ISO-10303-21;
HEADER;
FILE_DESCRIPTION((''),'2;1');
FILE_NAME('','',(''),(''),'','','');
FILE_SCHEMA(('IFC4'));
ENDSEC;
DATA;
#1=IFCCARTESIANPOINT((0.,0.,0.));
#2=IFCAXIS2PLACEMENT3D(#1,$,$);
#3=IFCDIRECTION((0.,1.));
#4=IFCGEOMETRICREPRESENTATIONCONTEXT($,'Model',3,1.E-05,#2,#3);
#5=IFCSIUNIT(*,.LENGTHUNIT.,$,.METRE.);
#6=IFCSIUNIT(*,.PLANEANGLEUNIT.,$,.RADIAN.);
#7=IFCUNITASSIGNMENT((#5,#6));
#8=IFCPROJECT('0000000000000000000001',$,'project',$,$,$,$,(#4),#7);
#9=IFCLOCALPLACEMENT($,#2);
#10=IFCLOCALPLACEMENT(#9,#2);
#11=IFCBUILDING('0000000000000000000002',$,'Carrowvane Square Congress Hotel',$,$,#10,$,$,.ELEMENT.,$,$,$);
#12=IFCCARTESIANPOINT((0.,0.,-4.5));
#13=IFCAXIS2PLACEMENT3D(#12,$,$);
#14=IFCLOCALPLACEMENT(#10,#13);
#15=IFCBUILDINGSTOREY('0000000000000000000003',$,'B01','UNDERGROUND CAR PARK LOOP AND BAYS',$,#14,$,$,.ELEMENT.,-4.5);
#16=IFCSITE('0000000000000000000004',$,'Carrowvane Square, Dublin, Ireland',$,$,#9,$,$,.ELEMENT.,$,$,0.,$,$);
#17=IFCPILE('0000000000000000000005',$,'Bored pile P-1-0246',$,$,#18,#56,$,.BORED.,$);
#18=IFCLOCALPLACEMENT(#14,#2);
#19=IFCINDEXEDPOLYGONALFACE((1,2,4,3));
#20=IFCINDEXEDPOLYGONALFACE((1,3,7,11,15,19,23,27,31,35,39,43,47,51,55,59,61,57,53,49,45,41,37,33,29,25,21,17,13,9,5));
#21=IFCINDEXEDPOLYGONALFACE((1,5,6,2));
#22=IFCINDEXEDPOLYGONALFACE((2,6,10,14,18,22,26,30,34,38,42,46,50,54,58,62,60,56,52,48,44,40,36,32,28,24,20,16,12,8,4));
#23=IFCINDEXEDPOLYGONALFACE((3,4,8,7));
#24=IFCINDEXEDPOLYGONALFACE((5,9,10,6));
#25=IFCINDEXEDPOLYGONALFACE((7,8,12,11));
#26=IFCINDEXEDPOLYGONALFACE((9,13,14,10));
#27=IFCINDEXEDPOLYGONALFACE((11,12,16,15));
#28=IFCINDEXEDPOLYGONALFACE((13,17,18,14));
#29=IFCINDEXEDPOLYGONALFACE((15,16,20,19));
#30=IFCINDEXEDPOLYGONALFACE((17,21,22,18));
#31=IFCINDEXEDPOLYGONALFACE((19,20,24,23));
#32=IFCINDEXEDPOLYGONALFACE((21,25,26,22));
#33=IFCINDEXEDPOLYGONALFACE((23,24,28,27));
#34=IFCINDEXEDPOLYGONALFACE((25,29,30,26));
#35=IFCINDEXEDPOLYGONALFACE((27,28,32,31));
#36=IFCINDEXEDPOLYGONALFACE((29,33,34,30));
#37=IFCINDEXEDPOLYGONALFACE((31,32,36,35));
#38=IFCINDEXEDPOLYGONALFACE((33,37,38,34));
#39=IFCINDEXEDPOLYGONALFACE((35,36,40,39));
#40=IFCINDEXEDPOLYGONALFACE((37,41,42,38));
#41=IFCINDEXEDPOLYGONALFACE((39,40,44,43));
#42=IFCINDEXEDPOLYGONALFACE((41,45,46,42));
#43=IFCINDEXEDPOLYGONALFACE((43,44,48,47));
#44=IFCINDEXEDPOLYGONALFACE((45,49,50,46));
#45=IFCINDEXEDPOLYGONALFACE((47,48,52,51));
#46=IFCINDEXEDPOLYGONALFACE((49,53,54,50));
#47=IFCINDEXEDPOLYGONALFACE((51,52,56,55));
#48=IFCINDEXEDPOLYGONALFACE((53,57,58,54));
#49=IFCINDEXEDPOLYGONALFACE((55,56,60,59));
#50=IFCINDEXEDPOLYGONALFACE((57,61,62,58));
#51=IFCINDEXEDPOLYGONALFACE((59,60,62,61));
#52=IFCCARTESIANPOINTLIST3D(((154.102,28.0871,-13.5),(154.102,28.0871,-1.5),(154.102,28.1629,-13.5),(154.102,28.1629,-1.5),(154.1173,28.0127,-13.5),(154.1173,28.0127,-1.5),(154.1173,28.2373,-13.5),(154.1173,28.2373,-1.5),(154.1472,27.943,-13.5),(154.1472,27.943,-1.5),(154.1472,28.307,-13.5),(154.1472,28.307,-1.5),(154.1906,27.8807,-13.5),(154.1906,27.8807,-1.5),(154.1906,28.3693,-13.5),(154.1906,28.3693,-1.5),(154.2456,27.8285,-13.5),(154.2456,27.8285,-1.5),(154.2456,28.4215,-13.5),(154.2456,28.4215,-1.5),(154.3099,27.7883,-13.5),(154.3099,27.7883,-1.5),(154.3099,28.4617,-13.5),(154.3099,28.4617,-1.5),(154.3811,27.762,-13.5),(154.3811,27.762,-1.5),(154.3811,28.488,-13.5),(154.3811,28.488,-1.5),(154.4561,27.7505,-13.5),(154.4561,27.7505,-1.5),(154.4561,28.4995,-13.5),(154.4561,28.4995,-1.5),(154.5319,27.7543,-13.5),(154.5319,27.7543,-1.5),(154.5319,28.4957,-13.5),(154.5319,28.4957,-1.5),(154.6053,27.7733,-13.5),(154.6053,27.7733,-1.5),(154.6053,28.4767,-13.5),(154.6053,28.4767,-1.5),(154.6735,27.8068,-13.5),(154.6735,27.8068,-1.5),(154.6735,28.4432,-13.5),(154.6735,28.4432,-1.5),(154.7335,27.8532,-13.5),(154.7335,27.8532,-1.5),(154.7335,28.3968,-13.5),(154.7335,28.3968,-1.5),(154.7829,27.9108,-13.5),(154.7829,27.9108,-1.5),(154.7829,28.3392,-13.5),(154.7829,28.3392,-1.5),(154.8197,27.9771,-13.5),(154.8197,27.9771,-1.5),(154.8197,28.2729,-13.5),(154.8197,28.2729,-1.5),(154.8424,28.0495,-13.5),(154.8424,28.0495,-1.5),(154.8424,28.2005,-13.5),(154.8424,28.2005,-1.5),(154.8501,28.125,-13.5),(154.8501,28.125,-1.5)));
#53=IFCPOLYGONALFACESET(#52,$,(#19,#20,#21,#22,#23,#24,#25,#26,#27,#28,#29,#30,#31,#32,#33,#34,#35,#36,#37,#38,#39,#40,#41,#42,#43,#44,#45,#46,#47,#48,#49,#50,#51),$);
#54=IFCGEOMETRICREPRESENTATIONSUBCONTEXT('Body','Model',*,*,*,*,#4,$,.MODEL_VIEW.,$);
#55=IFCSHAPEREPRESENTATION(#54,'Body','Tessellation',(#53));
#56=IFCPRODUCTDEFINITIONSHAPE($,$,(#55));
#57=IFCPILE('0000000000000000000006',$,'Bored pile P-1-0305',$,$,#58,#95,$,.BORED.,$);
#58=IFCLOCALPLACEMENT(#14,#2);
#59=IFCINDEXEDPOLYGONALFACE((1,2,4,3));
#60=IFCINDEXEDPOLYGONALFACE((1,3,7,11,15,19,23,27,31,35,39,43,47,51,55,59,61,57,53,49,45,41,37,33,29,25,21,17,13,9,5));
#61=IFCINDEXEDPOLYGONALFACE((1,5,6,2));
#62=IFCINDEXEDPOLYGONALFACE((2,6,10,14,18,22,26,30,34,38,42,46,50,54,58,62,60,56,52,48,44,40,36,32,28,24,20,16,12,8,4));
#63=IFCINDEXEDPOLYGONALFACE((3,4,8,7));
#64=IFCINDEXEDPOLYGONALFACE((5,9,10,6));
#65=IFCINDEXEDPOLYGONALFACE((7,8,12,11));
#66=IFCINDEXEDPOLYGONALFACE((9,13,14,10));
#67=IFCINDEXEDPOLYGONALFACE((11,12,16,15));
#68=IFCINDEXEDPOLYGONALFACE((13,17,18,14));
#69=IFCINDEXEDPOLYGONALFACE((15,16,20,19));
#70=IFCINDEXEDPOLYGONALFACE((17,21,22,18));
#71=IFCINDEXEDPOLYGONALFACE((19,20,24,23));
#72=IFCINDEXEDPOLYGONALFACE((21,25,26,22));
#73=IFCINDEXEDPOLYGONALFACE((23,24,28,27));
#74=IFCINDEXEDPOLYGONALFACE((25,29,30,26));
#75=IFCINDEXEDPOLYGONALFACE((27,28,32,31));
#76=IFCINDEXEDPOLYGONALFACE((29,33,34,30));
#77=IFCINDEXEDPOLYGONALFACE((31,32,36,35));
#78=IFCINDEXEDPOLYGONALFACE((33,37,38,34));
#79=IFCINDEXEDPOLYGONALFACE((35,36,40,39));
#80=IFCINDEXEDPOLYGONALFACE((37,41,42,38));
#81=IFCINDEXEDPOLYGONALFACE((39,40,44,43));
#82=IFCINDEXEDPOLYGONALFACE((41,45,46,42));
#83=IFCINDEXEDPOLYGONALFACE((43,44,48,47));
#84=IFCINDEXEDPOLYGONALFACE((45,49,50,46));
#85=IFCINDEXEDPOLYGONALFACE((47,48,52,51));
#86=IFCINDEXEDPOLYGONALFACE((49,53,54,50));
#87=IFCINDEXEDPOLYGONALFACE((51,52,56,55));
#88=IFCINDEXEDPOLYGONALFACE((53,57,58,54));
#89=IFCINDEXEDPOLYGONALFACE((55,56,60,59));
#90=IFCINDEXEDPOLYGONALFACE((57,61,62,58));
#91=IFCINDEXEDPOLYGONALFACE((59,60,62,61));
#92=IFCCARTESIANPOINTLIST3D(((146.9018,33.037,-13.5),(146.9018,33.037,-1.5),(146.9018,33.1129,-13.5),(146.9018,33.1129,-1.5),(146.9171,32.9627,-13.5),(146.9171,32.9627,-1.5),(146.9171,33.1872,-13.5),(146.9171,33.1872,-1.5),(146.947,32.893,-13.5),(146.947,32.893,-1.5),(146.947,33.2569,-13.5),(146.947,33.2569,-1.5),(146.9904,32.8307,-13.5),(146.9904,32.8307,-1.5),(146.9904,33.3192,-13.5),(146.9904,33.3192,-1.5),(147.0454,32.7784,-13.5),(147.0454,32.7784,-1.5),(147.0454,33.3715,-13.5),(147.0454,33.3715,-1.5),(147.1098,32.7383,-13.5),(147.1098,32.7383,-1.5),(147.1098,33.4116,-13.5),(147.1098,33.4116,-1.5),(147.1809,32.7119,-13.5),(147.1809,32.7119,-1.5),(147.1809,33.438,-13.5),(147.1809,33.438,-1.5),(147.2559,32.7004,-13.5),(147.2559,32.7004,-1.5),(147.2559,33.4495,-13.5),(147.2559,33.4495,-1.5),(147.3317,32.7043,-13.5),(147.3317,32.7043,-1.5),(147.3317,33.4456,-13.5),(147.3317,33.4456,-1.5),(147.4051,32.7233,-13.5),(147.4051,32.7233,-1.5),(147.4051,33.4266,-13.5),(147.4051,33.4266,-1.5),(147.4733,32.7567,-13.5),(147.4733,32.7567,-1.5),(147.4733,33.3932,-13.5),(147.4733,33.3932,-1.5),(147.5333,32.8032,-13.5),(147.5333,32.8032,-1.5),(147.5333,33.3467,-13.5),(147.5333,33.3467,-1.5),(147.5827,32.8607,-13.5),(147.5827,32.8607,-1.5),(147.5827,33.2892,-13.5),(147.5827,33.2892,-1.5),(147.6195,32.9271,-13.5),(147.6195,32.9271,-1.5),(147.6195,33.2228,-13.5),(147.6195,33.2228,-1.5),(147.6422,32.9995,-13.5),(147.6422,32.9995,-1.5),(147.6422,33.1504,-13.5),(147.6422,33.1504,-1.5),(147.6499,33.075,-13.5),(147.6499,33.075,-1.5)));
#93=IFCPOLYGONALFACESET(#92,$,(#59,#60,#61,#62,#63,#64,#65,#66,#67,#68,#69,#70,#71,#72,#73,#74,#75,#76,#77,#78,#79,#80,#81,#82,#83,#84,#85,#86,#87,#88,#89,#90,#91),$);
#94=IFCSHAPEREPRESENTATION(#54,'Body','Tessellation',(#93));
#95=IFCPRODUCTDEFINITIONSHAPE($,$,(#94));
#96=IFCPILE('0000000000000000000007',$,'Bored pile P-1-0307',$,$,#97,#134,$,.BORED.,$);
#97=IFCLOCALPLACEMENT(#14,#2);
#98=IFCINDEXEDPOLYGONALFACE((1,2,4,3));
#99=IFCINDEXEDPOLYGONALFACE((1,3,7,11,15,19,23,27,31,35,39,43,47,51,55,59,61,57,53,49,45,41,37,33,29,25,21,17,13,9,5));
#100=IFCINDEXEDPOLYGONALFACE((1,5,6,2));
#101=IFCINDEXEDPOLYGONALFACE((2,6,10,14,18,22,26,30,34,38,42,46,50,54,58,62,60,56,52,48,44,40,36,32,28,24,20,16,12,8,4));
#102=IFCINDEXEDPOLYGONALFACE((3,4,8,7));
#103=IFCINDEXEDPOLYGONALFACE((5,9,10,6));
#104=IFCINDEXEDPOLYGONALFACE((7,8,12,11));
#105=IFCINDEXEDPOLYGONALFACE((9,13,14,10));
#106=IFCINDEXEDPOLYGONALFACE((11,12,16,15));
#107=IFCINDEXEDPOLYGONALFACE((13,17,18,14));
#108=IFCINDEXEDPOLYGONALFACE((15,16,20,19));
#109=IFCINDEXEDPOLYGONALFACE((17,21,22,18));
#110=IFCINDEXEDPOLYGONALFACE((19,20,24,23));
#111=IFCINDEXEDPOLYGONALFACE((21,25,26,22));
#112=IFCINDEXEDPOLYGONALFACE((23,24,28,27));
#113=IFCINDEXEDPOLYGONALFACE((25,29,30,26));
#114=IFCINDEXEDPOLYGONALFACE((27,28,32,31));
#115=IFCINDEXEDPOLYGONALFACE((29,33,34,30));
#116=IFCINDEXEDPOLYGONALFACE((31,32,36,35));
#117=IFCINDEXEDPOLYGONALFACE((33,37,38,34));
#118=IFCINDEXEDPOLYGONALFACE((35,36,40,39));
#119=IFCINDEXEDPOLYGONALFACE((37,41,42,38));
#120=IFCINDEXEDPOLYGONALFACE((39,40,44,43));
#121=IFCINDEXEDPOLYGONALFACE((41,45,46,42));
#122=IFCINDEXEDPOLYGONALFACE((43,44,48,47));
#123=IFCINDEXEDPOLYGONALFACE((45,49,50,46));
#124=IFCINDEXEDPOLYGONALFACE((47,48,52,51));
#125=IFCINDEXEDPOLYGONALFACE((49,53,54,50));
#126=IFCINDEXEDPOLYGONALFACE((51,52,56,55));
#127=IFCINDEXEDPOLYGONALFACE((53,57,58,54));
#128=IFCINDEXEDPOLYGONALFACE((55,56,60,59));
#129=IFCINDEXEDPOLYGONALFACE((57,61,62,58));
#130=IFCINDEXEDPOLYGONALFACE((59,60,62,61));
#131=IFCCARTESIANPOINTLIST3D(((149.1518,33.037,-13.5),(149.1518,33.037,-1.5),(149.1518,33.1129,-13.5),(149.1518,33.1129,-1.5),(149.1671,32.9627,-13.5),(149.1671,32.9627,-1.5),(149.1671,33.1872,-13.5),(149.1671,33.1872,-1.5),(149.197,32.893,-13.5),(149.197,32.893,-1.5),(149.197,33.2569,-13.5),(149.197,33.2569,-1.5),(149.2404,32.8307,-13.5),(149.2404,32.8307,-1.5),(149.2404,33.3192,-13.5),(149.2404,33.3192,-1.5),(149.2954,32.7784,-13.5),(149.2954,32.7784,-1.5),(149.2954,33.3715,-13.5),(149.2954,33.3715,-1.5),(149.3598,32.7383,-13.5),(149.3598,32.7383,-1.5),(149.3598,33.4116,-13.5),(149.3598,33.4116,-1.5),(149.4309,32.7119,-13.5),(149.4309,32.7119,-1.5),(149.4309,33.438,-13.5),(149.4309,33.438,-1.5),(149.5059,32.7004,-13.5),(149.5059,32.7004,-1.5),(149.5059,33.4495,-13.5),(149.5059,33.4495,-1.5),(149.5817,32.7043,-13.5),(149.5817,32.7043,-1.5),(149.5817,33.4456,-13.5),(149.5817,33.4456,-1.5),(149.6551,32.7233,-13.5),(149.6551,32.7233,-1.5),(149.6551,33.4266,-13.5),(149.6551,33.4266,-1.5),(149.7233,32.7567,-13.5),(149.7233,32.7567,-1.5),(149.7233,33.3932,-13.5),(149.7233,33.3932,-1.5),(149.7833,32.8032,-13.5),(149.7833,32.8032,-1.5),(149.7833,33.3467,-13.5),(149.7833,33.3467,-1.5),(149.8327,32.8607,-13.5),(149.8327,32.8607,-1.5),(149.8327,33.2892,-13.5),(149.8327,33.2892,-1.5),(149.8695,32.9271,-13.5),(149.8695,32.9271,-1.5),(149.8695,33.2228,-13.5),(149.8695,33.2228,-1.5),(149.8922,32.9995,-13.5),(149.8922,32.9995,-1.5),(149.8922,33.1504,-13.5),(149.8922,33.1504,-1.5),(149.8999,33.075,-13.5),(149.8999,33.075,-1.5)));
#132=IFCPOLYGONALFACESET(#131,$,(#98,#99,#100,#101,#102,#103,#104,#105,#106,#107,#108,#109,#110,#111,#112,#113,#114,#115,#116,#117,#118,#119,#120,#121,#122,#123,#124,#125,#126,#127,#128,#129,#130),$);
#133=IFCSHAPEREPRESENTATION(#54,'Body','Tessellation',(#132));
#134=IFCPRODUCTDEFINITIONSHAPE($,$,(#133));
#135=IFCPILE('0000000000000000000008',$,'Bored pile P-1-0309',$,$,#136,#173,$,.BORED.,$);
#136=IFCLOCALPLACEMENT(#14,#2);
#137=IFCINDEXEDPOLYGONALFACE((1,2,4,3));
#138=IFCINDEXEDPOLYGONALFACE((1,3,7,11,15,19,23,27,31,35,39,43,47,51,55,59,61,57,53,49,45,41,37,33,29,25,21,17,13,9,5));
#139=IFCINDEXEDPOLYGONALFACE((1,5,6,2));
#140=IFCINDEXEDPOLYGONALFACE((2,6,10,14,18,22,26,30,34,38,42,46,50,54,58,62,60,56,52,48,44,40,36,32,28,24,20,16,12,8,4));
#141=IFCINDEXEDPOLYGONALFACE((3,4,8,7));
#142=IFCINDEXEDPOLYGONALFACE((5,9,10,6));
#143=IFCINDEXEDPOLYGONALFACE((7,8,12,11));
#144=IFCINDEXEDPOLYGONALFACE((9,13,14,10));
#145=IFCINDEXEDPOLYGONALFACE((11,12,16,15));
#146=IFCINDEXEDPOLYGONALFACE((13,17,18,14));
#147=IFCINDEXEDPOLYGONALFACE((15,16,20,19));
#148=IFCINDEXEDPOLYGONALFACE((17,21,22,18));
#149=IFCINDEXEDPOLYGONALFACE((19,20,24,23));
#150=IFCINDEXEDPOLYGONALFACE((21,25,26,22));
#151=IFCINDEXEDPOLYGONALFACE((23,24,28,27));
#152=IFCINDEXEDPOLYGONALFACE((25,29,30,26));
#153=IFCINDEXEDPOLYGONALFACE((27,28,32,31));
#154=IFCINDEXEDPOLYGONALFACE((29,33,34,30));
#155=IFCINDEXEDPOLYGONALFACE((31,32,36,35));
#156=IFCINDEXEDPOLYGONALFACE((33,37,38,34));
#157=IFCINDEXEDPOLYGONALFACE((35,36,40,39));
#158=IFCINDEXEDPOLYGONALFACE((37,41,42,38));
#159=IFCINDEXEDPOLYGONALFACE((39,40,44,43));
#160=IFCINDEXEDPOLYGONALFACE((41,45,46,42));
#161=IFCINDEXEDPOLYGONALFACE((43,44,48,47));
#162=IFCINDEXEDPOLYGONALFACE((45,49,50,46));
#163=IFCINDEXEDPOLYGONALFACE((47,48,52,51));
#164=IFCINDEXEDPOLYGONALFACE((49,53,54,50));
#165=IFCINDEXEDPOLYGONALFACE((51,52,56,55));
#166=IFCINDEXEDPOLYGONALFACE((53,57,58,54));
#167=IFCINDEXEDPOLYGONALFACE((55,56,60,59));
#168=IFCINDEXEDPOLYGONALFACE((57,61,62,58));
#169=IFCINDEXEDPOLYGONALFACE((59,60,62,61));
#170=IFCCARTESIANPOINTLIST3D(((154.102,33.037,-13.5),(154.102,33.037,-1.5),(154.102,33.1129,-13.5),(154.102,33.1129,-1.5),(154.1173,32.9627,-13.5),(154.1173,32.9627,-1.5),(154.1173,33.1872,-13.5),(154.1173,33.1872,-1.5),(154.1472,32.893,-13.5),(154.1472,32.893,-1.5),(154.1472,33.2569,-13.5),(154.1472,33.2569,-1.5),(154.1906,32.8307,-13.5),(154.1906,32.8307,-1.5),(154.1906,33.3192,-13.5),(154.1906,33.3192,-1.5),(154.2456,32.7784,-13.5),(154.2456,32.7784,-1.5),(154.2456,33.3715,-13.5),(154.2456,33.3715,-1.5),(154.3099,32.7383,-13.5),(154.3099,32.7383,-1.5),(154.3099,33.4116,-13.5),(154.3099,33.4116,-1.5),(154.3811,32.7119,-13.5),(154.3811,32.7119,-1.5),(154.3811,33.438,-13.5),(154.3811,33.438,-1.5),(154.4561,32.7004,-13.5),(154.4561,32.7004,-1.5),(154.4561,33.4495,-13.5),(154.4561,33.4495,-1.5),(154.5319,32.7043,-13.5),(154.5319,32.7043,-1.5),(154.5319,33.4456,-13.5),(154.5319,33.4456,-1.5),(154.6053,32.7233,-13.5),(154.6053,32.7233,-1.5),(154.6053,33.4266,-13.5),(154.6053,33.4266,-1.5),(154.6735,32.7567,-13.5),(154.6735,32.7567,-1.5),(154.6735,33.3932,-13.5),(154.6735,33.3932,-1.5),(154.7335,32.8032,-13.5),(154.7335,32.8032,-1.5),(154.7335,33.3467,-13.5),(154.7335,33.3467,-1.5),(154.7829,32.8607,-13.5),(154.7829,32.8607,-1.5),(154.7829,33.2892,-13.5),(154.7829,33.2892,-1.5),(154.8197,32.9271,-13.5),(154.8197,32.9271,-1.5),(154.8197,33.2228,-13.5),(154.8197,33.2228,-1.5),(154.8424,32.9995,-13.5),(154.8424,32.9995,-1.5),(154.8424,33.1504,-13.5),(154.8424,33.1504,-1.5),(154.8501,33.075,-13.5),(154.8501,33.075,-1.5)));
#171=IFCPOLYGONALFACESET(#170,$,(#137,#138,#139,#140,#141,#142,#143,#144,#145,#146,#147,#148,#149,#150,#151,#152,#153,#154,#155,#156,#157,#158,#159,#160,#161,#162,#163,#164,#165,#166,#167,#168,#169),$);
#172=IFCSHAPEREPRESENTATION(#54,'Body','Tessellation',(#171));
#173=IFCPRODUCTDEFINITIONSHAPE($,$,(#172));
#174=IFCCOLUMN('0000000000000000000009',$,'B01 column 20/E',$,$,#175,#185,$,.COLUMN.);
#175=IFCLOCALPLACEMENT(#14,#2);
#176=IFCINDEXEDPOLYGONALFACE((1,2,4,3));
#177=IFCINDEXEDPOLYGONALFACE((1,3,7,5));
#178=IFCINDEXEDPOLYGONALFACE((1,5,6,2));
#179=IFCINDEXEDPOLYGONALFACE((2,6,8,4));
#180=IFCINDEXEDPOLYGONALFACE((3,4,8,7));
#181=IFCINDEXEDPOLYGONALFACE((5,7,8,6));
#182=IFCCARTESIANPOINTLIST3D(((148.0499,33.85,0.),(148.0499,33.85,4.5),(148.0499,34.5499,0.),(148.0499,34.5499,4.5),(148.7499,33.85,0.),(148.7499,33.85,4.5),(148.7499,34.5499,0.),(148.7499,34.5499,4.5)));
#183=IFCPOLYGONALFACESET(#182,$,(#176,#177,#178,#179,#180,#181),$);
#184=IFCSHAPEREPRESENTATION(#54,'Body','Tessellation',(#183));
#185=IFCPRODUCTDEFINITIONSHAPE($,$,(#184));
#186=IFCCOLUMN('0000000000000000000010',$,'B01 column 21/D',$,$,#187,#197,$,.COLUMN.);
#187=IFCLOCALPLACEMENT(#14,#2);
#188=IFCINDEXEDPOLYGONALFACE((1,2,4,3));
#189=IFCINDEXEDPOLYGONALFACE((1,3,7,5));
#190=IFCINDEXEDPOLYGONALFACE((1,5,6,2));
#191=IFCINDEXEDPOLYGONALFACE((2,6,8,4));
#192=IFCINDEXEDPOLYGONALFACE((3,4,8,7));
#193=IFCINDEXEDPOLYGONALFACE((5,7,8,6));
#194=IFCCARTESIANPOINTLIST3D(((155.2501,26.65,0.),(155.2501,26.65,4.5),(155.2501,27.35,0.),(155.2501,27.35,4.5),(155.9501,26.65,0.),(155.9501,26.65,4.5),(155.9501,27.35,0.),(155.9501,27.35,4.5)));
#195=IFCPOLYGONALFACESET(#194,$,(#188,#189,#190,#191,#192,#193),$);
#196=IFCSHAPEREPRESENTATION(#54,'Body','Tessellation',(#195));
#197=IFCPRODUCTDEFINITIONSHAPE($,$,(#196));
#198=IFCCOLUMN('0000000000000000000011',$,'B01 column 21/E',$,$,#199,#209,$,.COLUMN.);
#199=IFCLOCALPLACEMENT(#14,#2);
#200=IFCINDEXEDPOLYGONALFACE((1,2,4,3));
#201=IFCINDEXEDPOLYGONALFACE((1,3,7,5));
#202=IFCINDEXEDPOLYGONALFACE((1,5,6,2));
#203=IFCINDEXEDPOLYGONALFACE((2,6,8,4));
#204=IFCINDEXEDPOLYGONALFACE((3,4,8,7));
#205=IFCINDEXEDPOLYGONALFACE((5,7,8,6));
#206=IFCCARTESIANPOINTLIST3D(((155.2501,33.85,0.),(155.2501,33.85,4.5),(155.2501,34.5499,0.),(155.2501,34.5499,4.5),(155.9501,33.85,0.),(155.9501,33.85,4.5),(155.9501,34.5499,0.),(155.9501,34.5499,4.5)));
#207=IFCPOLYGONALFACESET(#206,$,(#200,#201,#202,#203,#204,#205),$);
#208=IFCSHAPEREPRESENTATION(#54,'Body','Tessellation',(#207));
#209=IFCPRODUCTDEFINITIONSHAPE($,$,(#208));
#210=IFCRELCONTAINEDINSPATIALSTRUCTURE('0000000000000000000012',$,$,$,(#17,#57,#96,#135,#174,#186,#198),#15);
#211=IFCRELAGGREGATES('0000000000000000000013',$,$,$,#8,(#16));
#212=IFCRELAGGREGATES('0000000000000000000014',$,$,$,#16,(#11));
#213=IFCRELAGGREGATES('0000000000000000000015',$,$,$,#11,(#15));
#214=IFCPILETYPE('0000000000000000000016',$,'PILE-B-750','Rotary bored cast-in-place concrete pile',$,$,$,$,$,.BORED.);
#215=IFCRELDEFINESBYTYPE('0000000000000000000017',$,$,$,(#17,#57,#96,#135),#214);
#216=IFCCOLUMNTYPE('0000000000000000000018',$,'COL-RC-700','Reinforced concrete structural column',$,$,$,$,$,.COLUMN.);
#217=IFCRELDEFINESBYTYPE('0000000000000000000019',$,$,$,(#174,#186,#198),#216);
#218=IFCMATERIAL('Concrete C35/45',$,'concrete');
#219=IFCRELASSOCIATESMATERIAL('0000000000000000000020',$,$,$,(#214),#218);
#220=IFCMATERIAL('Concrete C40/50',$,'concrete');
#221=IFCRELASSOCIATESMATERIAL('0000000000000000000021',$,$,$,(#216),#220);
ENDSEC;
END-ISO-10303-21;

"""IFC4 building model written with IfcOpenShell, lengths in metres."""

from ifc_helpers import new_model, si_unit, direction, frame, origin, origin_2d, place, context, subcontext, project, spatial, rectangle, circle, extrude, material, material_profile, profile_set, type_object, element, save


model = new_model("IFC4")

# Units and contexts
model_context = context("Model", 3, precision=1e-05, world=origin(), true_north=direction((0.0, 1.0)))
body_context = subcontext(model_context, "Body", "Model", "MODEL_VIEW")
ifc_project = project(units=[si_unit("LENGTHUNIT", "METRE"), si_unit("PLANEANGLEUNIT", "RADIAN")], contexts=[model_context])

# Site, building, storey
site_placement = place(None, origin())
site = spatial("IfcSite", under=ifc_project, at=site_placement, Name="Carrowvane Square, Dublin, Ireland", CompositionType="ELEMENT", RefElevation=0.0)
building_placement = place(site_placement, origin())
building = spatial("IfcBuilding", under=site, at=building_placement, Name="Carrowvane Square Congress Hotel", CompositionType="ELEMENT")
storey_placement = place(building_placement, frame((0.0, 0.0, -4.5)))
storey = spatial("IfcBuildingStorey", under=building, at=storey_placement, Name="B01", Description="UNDERGROUND CAR PARK LOOP AND BAYS", CompositionType="ELEMENT", Elevation=-4.5)

# Piles
ifc_material_1 = material(Name="Concrete C35/45", Category="concrete")
ifc_material_profile_1 = material_profile(ifc_material_1, circle(Radius=0.375, at=origin_2d()), Name="PILE D750")
ifc_profile_set_1 = profile_set([ifc_material_profile_1], Name="Concrete C35/45")
pile_type = type_object("IfcPileType", Name="PILE-B-750", Description="Rotary bored cast-in-place concrete pile", PredefinedType="BORED", material=ifc_profile_set_1)
for number, where, z_axis, x_axis, name in (
    (1, (154.4751, 28.125, -1.5), (0.0, 0.0, -1.0), (1.0, 0.0, 0.0), "Bored pile P-1-0246"),
    (2, (147.2749, 33.075, -1.5), (0.0, 0.0, -1.0), (1.0, 0.0, 0.0), "Bored pile P-1-0305"),
    (3, (149.5249, 33.075, -1.5), (0.0, 0.0, -1.0), (1.0, 0.0, 0.0), "Bored pile P-1-0307"),
    (4, (154.4751, 33.075, -1.5), (0.0, 0.0, -1.0), (1.0, 0.0, 0.0), "Bored pile P-1-0309"),
):
    element("IfcPile", number, at=place(storey_placement, frame(where, z_axis=z_axis, x_axis=x_axis)), inside=storey, type_object=pile_type, Name=name, PredefinedType="BORED", context=body_context, shape_type="SweptSolid", body=[
        extrude(circle(Radius=0.375, at=origin_2d()), origin(), (0.0, 0.0, 1.0), 12.0),
    ])

# Columns
ifc_material_2 = material(Name="Concrete C40/50", Category="concrete")
ifc_material_profile_2 = material_profile(ifc_material_2, rectangle(XDim=0.7, YDim=0.7, at=origin_2d()), Name="RC 700x700")
ifc_profile_set_2 = profile_set([ifc_material_profile_2], Name="Concrete C40/50")
column_type = type_object("IfcColumnType", Name="COL-RC-700", Description="Reinforced concrete structural column", PredefinedType="COLUMN", material=ifc_profile_set_2)
for number, where, z_axis, x_axis, name in (
    (5, (148.3999, 34.2, 0.0), (0.0, 0.0, 1.0), (1.0, 0.0, 0.0), "B01 column 20/E"),
    (6, (155.6001, 27.0, 0.0), (0.0, 0.0, 1.0), (1.0, 0.0, 0.0), "B01 column 21/D"),
    (7, (155.6001, 34.2, 0.0), (0.0, 0.0, 1.0), (1.0, 0.0, 0.0), "B01 column 21/E"),
):
    element("IfcColumn", number, at=place(storey_placement, frame(where, z_axis=z_axis, x_axis=x_axis)), inside=storey, type_object=column_type, Name=name, PredefinedType="COLUMN", context=body_context, shape_type="SweptSolid", body=[
        extrude(rectangle(XDim=0.7, YDim=0.7, at=origin_2d()), origin(), (0.0, 0.0, 1.0), 4.5),
    ])

save(model, "model.ifc")
